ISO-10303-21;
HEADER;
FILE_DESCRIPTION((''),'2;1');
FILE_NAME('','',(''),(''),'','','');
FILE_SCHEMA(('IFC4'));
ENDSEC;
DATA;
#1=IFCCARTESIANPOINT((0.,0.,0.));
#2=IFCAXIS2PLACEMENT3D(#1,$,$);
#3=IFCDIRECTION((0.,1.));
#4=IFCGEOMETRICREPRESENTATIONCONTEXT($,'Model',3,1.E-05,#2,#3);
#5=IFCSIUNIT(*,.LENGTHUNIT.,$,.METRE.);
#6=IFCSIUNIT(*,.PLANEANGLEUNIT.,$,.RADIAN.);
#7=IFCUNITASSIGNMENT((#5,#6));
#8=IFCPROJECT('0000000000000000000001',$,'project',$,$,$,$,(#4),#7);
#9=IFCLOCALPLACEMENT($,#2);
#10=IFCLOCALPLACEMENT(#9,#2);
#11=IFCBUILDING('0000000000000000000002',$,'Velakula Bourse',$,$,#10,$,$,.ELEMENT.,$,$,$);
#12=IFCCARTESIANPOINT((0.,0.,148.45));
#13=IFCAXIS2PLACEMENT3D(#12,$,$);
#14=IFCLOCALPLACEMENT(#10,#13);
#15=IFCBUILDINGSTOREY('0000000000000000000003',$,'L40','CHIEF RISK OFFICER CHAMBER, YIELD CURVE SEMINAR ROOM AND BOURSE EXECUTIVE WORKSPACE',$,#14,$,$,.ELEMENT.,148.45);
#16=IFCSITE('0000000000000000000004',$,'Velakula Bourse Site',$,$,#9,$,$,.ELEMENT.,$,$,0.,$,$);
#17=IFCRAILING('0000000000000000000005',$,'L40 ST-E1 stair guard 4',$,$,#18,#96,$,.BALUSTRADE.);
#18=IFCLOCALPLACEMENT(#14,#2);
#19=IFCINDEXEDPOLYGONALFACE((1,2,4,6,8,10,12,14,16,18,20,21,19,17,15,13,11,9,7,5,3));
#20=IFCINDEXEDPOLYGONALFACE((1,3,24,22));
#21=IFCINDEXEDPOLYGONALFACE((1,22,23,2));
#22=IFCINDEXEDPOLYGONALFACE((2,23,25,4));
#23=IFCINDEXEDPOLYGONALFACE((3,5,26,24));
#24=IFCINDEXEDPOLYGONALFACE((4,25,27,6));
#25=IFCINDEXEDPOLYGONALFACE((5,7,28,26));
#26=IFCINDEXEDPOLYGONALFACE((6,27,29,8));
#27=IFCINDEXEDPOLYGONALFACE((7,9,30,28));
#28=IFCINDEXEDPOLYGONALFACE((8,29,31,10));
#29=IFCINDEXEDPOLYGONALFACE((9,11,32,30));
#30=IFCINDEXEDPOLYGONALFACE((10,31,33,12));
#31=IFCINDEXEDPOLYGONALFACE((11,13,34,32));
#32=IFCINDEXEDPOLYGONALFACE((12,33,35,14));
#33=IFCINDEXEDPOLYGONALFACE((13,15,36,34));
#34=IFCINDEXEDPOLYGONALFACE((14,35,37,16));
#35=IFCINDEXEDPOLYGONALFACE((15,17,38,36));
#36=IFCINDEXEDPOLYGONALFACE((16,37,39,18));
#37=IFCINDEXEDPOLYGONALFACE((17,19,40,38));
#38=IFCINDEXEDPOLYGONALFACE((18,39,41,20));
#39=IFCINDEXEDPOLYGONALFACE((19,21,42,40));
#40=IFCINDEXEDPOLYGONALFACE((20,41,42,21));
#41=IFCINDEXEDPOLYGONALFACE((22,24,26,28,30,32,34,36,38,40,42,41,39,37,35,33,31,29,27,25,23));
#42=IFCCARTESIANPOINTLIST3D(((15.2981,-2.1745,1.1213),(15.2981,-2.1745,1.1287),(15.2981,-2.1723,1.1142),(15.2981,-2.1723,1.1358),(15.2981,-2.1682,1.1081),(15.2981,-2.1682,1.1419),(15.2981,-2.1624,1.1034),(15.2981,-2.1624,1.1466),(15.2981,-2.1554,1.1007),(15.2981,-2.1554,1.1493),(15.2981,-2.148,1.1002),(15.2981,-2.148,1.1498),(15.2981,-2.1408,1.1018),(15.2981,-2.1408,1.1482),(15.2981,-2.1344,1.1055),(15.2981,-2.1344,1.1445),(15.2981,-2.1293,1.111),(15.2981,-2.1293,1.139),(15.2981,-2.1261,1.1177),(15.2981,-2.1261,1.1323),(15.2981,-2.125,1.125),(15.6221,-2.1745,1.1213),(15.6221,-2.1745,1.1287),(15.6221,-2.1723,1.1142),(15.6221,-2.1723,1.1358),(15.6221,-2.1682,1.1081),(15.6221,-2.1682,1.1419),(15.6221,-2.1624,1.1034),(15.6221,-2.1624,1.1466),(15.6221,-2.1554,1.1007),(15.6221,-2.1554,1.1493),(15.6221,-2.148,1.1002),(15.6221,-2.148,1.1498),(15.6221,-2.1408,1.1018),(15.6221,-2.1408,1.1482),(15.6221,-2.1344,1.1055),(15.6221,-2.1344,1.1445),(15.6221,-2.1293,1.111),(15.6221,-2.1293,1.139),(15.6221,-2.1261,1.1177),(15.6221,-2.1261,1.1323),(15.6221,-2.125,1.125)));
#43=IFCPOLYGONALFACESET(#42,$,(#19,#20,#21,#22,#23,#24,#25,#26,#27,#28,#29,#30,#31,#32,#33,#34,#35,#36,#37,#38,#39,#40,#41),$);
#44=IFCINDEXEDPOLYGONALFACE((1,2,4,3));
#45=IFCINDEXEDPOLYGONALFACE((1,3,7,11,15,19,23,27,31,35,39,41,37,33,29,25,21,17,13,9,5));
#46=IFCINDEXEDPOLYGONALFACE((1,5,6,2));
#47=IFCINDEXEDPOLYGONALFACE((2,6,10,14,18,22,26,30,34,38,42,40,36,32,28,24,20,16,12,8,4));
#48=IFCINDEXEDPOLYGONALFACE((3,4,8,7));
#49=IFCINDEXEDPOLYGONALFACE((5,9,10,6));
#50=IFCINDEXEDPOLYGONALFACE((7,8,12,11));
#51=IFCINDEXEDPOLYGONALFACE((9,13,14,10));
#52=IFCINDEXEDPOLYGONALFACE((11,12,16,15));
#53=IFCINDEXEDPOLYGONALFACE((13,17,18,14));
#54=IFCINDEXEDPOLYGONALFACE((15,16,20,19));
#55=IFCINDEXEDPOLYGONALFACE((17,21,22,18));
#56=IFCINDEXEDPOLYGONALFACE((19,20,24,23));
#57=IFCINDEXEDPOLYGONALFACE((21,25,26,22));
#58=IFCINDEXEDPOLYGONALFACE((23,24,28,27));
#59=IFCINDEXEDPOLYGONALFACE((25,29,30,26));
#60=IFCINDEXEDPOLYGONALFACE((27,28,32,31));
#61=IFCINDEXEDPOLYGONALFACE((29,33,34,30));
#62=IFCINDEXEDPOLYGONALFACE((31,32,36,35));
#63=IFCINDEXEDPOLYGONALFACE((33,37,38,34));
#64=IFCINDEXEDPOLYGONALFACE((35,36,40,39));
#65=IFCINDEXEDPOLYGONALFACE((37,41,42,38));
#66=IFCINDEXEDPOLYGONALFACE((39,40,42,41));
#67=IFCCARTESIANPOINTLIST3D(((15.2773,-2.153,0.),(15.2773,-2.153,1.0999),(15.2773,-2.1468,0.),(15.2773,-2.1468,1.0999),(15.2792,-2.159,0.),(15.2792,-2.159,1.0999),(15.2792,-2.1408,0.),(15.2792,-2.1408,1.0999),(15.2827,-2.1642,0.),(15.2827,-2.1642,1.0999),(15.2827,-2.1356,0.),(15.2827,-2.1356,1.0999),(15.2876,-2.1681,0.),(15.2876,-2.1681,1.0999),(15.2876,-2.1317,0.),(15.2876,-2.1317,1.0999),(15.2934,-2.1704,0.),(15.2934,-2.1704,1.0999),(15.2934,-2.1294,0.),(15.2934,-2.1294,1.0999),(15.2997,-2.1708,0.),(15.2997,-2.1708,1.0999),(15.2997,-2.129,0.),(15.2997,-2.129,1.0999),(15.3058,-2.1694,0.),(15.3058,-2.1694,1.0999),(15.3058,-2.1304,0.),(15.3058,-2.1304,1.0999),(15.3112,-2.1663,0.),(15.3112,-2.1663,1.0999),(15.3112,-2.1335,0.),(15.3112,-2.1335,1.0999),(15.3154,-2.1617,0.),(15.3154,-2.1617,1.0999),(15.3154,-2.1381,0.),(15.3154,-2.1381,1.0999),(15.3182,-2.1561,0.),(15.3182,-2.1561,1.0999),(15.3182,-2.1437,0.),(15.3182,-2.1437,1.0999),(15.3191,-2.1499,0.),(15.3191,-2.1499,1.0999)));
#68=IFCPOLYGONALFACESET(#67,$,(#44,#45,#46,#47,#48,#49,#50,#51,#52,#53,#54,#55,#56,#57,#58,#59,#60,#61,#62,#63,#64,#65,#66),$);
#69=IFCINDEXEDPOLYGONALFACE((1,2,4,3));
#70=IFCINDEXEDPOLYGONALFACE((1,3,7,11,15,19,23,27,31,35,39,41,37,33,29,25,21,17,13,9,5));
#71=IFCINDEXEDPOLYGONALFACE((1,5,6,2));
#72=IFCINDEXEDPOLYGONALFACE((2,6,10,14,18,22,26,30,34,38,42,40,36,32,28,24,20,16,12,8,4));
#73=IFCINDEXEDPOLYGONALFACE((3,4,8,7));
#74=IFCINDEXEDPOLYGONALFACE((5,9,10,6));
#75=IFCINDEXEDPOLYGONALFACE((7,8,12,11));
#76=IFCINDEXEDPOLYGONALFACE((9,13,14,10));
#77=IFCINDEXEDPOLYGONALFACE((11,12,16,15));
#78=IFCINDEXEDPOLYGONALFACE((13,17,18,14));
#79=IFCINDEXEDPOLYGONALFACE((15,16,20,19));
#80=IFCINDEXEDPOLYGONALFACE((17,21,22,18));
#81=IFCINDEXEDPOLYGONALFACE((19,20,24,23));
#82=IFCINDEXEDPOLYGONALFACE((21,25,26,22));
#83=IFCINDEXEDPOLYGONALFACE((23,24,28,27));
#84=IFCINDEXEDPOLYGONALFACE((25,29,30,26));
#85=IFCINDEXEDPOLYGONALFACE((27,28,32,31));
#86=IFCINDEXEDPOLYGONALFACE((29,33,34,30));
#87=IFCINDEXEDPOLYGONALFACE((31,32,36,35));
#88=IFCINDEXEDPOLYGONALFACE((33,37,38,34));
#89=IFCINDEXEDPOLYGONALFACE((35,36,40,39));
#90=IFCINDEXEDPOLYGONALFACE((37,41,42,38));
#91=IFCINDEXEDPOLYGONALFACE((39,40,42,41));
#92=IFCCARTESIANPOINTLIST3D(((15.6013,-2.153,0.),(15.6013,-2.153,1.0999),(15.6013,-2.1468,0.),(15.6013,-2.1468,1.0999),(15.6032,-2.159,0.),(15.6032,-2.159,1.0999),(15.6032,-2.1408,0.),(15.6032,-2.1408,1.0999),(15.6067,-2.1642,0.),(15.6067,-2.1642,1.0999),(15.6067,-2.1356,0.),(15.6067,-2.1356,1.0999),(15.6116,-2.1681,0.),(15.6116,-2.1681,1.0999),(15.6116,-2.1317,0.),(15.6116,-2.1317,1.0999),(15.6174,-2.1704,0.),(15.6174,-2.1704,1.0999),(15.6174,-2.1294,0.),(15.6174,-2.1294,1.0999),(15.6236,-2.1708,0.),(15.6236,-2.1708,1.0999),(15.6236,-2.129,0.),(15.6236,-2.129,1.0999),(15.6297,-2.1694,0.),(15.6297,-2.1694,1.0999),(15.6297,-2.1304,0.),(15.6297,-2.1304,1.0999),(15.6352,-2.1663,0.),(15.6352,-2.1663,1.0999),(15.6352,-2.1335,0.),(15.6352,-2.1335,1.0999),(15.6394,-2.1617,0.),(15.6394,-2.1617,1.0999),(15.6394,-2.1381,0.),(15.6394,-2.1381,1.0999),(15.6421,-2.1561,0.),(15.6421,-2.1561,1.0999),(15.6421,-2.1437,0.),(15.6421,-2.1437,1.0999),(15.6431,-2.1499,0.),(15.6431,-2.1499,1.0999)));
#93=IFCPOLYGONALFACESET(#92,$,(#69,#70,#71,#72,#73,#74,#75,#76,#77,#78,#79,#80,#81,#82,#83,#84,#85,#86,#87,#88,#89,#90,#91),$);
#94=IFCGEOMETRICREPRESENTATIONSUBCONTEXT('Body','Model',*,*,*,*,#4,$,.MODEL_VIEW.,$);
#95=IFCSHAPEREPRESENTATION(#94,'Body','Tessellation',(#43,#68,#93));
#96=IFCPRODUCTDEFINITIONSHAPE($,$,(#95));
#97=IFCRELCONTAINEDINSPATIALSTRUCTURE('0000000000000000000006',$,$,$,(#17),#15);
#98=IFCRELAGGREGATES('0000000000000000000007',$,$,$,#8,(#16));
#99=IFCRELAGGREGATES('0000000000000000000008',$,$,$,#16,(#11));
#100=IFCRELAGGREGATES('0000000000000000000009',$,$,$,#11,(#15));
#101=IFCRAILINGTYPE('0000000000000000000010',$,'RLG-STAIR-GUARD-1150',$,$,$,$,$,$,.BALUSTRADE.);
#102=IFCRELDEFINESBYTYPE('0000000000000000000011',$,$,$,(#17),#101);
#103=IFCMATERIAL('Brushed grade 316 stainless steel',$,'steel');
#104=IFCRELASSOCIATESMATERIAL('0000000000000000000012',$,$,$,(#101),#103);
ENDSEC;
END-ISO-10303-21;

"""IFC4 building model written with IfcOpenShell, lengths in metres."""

from ifc_helpers import new_model, si_unit, direction, frame, origin, origin_2d, place, context, subcontext, project, spatial, circle, extrude, material, type_object, element, save


model = new_model("IFC4")

# Units and contexts
model_context = context("Model", 3, precision=1e-05, world=origin(), true_north=direction((0.0, 1.0)))
body_context = subcontext(model_context, "Body", "Model", "MODEL_VIEW")
ifc_project = project(units=[si_unit("LENGTHUNIT", "METRE"), si_unit("PLANEANGLEUNIT", "RADIAN")], contexts=[model_context])

# Site, building, storey
site_placement = place(None, origin())
site = spatial("IfcSite", under=ifc_project, at=site_placement, Name="Velakula Bourse Site", CompositionType="ELEMENT", RefElevation=0.0)
building_placement = place(site_placement, origin())
building = spatial("IfcBuilding", under=site, at=building_placement, Name="Velakula Bourse", CompositionType="ELEMENT")
storey_placement = place(building_placement, frame((0.0, 0.0, 148.45)))
storey = spatial("IfcBuildingStorey", under=building, at=storey_placement, Name="L40", Description="CHIEF RISK OFFICER CHAMBER, YIELD CURVE SEMINAR ROOM AND BOURSE EXECUTIVE WORKSPACE", CompositionType="ELEMENT", Elevation=148.45)

# Shared definitions
ifc_material_1 = material(Name="Brushed grade 316 stainless steel", Category="steel")

# Railing
railing_type_1 = type_object("IfcRailingType", Name="RLG-STAIR-GUARD-1150", PredefinedType="BALUSTRADE", material=ifc_material_1)
railing_1_placement = place(storey_placement, frame((15.2981, -2.1499, 0.0)))
element("IfcRailing", 1, at=railing_1_placement, inside=storey, type_object=railing_type_1, Name="L40 ST-E1 stair guard 4", PredefinedType="BALUSTRADE", context=body_context, shape_type="SweptSolid", body=[
    extrude(circle(Radius=0.0249, at=origin_2d()), frame((0.0, 0.0, 1.125), z_axis=(1.0, 0.0, 0.0), x_axis=(0.0, 1.0, 0.0)), (0.0, 0.0, 1.0), 0.324),
    extrude(circle(Radius=0.021, at=origin_2d()), origin(), (0.0, 0.0, 1.0), 1.0999),
    extrude(circle(Radius=0.021, at=origin_2d()), frame((0.324, 0.0, 0.0)), (0.0, 0.0, 1.0), 1.0999),
])

save(model, "model.ifc")
